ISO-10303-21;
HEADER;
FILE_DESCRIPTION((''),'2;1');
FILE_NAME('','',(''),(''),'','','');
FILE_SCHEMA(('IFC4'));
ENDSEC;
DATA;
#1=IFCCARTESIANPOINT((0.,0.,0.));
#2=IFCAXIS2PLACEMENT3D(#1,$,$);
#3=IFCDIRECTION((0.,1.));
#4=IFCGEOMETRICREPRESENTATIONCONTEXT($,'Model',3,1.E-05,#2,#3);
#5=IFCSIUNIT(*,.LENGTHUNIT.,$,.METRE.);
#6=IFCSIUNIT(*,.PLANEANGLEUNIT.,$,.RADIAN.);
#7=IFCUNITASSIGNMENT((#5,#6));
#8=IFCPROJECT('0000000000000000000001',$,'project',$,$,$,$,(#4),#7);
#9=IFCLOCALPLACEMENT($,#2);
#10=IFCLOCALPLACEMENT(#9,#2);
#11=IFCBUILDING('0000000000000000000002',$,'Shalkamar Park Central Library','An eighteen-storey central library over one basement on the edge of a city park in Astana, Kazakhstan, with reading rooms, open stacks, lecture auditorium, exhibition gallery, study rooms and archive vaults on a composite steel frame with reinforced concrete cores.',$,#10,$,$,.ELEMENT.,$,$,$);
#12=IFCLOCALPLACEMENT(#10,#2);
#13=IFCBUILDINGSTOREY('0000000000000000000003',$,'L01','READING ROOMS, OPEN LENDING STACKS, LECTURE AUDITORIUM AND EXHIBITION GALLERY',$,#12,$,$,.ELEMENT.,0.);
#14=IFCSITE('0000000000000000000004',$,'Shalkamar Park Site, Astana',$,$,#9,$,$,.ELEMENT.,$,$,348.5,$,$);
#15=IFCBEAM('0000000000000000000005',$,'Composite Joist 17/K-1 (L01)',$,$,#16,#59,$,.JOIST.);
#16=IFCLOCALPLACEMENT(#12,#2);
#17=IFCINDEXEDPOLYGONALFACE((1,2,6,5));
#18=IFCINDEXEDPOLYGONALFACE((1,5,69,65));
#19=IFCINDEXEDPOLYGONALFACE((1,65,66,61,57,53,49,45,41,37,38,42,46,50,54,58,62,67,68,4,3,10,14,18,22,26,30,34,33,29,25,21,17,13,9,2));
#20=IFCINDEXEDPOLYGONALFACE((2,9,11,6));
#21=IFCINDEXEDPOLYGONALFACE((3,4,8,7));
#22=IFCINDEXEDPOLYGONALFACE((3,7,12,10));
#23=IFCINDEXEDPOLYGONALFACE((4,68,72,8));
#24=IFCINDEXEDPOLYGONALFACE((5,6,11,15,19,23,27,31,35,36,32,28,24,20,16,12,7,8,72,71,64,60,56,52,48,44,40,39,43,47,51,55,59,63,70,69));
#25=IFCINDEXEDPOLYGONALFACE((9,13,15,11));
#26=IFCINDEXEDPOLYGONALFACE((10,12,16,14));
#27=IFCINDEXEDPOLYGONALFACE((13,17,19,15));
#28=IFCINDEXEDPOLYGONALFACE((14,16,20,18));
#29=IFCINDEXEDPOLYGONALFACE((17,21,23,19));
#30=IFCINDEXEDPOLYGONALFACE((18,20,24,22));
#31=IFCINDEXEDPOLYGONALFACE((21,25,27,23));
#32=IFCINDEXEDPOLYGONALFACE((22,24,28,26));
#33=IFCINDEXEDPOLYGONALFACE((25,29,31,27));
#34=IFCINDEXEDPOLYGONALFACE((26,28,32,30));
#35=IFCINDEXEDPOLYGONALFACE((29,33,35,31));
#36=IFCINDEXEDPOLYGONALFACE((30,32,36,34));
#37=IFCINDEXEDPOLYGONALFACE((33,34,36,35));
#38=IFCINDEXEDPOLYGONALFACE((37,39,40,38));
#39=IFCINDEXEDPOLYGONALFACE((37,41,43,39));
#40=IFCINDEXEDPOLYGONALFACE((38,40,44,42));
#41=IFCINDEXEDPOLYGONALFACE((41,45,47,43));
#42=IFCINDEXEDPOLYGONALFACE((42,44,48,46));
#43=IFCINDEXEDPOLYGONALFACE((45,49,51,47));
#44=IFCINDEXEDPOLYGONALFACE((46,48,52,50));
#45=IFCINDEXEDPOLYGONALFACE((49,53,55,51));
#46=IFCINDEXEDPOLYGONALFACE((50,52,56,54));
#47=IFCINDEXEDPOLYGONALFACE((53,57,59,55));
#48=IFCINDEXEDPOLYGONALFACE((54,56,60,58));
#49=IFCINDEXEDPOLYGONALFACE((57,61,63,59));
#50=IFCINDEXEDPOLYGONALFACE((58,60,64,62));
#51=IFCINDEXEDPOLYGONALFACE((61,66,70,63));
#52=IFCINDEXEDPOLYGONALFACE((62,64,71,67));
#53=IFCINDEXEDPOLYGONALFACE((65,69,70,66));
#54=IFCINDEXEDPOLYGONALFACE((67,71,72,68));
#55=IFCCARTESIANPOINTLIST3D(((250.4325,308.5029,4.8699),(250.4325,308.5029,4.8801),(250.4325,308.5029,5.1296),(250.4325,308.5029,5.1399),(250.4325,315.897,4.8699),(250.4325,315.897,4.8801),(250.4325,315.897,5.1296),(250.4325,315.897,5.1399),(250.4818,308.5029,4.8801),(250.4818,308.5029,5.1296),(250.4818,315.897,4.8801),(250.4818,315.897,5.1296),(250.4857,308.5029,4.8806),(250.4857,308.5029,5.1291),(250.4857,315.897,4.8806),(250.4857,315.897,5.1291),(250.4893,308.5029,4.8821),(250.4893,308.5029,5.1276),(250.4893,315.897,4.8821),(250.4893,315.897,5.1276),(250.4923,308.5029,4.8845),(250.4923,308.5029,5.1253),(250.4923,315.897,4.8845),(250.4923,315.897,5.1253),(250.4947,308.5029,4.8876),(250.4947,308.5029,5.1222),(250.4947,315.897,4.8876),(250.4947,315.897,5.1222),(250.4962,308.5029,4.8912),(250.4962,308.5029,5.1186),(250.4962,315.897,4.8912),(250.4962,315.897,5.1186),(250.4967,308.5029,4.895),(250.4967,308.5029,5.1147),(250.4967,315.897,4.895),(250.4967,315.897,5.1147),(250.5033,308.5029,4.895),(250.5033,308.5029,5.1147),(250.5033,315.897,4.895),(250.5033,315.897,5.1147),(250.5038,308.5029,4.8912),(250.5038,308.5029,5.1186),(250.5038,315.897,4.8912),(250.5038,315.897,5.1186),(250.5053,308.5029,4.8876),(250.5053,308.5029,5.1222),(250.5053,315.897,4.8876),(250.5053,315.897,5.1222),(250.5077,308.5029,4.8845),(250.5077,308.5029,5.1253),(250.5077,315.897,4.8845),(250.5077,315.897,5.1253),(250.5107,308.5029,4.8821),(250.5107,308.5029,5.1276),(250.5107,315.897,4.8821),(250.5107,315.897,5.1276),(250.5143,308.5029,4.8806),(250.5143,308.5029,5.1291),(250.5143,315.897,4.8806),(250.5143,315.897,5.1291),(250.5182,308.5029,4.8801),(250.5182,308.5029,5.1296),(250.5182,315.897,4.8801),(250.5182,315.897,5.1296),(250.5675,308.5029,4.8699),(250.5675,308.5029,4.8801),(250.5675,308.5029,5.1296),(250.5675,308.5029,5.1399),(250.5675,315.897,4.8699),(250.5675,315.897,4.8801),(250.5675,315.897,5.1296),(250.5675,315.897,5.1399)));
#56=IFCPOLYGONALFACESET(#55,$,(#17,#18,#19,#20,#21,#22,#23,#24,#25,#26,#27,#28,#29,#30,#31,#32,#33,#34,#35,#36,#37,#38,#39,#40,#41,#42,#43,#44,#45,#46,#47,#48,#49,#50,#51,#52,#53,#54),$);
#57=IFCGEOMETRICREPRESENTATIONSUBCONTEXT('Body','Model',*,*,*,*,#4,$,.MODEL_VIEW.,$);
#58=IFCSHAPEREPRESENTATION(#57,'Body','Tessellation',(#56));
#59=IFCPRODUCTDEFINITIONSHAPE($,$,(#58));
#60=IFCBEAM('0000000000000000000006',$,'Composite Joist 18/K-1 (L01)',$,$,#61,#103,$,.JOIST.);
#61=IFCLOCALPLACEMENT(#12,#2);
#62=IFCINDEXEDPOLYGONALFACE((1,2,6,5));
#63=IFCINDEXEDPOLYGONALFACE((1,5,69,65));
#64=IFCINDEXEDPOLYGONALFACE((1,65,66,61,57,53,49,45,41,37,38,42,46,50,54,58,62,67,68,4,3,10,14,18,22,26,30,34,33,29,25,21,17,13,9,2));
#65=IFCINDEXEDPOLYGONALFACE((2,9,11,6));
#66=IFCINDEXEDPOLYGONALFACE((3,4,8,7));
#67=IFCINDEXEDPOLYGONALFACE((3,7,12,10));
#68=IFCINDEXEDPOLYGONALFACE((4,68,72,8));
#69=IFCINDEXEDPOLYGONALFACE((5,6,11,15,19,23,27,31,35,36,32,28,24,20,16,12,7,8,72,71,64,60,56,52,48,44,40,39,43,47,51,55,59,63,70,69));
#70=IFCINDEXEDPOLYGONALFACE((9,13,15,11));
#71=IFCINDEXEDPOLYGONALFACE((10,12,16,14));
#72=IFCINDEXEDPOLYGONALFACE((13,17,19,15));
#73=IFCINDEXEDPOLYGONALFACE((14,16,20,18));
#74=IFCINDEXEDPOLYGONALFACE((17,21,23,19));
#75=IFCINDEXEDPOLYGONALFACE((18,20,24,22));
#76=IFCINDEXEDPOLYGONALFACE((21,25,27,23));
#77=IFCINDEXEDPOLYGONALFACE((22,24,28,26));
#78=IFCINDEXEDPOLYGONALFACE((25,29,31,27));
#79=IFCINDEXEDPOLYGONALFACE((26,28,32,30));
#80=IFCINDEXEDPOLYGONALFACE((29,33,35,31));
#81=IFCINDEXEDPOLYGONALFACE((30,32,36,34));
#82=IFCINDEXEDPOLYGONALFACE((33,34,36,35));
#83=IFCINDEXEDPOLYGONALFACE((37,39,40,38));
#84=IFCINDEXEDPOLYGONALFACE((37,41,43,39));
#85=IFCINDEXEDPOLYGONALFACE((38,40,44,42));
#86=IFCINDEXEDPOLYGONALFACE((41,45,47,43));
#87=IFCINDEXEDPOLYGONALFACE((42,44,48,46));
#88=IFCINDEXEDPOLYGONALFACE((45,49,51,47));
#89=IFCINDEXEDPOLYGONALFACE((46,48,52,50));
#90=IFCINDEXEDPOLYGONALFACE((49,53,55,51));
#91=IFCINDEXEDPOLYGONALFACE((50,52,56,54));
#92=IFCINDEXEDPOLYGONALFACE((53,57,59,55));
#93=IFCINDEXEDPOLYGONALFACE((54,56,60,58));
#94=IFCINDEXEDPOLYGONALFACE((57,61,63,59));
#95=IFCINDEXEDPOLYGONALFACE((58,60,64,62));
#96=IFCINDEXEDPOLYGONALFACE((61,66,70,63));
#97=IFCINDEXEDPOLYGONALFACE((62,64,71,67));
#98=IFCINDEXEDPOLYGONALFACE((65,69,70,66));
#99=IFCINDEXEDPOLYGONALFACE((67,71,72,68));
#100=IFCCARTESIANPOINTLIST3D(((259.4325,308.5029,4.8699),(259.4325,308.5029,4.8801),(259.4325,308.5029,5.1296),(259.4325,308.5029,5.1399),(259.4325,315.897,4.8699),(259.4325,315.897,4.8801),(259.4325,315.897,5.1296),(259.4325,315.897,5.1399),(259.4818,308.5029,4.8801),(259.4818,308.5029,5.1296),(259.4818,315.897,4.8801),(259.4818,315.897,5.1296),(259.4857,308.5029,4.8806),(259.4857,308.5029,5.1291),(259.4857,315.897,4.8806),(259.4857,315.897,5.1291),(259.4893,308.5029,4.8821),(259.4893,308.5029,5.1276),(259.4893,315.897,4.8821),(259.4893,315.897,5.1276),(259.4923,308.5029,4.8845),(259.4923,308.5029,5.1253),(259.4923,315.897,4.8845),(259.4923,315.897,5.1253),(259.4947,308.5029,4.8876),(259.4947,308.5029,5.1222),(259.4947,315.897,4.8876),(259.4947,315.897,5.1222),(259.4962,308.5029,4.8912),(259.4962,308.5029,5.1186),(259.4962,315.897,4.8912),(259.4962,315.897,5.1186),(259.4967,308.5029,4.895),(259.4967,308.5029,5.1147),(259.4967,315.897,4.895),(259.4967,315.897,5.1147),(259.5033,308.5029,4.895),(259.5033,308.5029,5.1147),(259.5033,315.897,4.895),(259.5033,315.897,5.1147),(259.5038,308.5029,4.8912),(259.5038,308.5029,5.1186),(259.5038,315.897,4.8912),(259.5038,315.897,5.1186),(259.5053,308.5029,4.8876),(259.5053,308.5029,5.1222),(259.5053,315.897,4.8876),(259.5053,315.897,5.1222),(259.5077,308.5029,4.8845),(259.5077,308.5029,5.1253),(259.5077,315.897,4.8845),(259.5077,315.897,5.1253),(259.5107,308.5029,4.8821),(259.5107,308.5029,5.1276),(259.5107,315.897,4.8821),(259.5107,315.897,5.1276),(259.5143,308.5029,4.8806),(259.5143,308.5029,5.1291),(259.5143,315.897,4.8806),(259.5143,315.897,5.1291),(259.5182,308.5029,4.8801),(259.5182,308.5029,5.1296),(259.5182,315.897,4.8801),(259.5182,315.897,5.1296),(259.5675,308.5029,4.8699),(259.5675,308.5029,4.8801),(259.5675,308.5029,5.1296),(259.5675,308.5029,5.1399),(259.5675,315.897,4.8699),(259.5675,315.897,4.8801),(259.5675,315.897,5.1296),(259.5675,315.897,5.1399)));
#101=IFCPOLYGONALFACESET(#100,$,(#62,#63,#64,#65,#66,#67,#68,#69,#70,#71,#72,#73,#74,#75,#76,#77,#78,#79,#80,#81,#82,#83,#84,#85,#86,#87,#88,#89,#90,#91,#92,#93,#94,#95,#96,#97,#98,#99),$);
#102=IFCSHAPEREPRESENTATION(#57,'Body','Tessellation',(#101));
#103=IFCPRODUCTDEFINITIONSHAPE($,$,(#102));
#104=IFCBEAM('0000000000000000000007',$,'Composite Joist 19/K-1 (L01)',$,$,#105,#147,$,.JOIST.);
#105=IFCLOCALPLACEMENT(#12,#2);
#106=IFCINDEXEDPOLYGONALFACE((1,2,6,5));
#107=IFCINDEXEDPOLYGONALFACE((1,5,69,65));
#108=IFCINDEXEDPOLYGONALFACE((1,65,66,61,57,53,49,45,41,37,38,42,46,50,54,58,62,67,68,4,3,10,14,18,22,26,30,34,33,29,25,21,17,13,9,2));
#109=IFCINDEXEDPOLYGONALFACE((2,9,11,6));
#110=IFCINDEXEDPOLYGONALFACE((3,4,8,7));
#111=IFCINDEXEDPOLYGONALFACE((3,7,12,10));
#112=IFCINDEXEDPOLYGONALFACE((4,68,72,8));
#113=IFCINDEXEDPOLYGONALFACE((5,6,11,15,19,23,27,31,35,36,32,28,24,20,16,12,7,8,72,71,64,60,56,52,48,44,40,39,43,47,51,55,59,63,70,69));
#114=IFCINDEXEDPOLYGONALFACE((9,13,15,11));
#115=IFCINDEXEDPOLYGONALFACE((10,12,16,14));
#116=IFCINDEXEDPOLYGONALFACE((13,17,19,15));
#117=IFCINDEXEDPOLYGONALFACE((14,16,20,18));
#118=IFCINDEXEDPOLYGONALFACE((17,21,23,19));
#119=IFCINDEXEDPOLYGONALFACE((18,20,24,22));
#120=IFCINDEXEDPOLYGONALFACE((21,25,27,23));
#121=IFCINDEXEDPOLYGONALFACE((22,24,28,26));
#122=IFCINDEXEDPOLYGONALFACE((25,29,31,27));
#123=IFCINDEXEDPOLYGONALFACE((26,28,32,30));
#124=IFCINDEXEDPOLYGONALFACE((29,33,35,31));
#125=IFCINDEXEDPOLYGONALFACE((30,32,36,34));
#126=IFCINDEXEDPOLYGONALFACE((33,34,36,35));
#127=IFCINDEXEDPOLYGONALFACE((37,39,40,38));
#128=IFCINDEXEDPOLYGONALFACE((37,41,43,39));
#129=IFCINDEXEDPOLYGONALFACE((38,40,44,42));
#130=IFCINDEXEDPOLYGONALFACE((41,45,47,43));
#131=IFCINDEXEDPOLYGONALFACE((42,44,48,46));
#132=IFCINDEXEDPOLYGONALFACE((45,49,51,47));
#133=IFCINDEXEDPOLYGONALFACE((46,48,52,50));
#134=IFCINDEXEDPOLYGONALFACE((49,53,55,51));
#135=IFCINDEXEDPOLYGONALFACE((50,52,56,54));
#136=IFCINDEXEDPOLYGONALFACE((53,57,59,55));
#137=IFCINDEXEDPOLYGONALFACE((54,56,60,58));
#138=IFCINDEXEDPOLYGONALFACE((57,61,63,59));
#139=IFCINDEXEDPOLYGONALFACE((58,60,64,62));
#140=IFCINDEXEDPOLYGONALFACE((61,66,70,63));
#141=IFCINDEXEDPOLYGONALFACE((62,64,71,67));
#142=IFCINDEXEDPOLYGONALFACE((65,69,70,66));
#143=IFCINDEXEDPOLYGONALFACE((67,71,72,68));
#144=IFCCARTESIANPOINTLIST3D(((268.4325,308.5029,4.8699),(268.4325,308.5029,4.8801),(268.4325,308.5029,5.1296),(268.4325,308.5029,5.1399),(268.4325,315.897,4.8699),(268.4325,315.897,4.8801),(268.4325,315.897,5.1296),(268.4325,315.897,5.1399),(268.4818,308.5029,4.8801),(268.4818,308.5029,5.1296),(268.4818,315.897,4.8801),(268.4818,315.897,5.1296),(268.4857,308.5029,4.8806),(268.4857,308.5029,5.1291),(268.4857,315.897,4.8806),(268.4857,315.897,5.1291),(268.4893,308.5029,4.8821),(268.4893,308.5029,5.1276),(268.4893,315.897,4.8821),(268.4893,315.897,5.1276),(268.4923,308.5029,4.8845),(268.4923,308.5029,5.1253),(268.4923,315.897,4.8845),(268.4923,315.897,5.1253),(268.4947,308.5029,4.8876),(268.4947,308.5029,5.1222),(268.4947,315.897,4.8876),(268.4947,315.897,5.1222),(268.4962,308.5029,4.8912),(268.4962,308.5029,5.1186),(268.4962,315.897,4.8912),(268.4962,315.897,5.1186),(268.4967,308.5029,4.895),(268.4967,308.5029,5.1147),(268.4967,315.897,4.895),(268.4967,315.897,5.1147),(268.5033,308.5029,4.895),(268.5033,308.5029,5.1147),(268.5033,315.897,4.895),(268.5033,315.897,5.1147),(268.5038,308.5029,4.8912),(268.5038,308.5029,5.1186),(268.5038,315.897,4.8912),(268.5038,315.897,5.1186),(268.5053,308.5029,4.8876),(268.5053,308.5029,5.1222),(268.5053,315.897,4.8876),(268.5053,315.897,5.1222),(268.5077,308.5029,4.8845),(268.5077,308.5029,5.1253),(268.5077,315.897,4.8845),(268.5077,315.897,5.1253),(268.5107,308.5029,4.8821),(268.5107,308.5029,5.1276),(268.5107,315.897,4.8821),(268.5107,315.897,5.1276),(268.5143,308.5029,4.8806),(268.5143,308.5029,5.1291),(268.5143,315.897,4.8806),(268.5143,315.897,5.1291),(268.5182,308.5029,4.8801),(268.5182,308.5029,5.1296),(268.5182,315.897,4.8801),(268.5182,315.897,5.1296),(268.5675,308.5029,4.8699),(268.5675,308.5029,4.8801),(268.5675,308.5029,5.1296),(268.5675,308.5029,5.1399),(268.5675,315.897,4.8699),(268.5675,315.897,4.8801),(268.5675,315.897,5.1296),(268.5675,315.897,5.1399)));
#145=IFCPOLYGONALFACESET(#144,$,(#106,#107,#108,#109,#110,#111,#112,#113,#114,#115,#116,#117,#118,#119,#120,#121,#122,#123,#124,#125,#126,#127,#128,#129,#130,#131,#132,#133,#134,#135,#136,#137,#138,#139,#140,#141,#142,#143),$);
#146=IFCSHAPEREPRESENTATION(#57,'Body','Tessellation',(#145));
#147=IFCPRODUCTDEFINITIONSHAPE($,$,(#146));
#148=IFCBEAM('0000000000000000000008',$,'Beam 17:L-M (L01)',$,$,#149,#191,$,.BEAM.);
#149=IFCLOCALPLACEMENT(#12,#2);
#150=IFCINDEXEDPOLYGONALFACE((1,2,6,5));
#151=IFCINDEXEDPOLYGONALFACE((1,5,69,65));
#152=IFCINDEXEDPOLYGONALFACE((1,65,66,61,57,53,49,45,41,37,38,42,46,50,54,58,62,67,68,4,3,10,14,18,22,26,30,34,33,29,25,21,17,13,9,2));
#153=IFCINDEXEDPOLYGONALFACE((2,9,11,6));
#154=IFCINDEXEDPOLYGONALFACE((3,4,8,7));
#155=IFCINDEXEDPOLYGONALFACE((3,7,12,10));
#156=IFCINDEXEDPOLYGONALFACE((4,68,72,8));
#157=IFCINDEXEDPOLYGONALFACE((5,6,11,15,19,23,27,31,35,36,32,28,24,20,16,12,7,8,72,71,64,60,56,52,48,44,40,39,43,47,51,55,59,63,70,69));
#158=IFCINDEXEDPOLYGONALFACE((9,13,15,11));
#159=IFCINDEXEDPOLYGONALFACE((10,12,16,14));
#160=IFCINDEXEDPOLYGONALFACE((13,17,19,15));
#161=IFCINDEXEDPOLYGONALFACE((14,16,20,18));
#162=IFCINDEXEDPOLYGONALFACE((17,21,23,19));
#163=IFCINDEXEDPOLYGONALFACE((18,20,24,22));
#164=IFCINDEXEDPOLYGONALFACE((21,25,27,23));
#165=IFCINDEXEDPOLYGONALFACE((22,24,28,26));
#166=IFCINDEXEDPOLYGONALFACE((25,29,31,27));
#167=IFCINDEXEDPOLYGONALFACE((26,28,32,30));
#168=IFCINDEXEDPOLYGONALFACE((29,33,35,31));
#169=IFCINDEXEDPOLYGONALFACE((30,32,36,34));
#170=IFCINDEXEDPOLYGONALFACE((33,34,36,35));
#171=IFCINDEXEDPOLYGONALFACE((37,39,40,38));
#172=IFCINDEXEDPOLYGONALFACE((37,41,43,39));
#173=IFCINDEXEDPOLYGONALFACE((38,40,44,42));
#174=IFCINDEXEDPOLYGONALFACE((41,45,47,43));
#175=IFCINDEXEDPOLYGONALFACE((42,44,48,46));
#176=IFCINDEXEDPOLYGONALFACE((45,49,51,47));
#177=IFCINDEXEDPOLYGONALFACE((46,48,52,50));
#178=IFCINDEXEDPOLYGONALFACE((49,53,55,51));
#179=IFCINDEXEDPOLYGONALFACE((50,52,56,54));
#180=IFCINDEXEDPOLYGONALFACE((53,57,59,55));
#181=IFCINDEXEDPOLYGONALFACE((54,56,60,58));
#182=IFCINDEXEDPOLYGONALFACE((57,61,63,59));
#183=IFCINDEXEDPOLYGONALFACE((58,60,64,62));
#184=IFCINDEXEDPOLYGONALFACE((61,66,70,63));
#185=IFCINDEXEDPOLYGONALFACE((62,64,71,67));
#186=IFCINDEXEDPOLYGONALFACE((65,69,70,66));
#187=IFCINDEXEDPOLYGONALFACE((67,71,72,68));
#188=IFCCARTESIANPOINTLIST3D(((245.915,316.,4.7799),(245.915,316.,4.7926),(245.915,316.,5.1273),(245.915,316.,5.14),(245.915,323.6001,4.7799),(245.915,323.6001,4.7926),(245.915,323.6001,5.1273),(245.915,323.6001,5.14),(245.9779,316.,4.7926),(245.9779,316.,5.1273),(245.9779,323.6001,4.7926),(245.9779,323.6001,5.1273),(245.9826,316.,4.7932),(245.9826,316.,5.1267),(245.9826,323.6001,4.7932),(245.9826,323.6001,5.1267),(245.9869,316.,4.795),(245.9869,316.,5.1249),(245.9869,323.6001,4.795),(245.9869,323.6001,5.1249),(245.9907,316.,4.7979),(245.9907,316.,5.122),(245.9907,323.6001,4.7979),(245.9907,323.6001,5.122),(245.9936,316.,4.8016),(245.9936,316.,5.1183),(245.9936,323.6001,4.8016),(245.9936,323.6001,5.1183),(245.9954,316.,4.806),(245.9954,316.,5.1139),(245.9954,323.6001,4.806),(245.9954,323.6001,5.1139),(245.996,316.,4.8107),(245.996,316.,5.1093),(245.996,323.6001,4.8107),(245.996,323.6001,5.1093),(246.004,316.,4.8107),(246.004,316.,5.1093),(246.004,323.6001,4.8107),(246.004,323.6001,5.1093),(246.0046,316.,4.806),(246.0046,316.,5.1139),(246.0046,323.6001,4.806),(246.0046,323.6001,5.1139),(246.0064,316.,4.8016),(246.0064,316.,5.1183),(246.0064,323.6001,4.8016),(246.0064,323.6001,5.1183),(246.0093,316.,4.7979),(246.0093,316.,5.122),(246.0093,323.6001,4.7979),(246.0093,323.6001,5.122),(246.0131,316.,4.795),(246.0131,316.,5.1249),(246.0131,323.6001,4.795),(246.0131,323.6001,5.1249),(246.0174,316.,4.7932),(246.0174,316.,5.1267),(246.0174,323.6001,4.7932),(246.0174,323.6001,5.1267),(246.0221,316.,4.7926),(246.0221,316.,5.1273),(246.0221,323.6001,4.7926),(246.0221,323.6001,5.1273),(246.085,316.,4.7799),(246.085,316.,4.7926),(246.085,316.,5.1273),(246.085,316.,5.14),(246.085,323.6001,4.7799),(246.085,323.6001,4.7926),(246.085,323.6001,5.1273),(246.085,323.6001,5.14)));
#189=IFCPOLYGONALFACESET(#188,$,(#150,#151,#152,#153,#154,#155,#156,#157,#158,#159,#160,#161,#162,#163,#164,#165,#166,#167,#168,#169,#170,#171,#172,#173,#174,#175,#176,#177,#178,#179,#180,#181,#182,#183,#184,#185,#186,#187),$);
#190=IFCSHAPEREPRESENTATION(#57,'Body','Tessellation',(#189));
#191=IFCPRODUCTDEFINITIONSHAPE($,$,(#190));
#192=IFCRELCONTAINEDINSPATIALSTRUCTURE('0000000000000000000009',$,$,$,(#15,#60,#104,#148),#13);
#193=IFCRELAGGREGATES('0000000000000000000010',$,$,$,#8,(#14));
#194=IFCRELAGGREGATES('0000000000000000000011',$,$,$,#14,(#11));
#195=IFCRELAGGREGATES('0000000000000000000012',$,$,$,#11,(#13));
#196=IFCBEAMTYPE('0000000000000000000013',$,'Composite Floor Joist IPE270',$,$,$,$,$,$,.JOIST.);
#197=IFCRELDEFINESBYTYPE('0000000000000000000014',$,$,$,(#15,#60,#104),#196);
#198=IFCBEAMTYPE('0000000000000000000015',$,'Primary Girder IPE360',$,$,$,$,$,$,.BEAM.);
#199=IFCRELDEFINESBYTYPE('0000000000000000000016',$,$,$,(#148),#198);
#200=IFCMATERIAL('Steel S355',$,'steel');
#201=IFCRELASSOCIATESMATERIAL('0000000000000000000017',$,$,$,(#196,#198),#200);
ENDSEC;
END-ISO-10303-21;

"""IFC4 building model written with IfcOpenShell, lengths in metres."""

from ifc_helpers import new_model, si_unit, direction, frame, origin, origin_2d, place, context, subcontext, project, spatial, i_section, extrude, material, material_profile, profile_set, type_object, element, save


model = new_model("IFC4")

# Units and contexts
model_context = context("Model", 3, precision=1e-05, world=origin(), true_north=direction((0.0, 1.0)))
body_context = subcontext(model_context, "Body", "Model", "MODEL_VIEW")
ifc_project = project(units=[si_unit("LENGTHUNIT", "METRE"), si_unit("PLANEANGLEUNIT", "RADIAN")], contexts=[model_context])

# Site, building, storey
site_placement = place(None, origin())
site = spatial("IfcSite", under=ifc_project, at=site_placement, Name="Shalkamar Park Site, Astana", CompositionType="ELEMENT", RefElevation=348.5)
building_placement = place(site_placement, origin())
building = spatial("IfcBuilding", under=site, at=building_placement, Name="Shalkamar Park Central Library", Description="An eighteen-storey central library over one basement on the edge of a city park in Astana, Kazakhstan, with reading rooms, open stacks, lecture auditorium, exhibition gallery, study rooms and archive vaults on a composite steel frame with reinforced concrete cores.", CompositionType="ELEMENT")
storey_placement = place(building_placement, origin())
storey = spatial("IfcBuildingStorey", under=building, at=storey_placement, Name="L01", Description="READING ROOMS, OPEN LENDING STACKS, LECTURE AUDITORIUM AND EXHIBITION GALLERY", CompositionType="ELEMENT", Elevation=0.0)

# Shared definitions
ifc_material_1 = material(Name="Steel S355", Category="steel")

# Beams
ifc_material_profile_1 = material_profile(ifc_material_1, i_section(OverallWidth=0.135, OverallDepth=0.27, WebThickness=0.0066, FlangeThickness=0.0103, FilletRadius=0.0149, at=origin_2d()), Name="IPE 270")
ifc_profile_set_1 = profile_set([ifc_material_profile_1], Name="Steel S355")
beam_type_1 = type_object("IfcBeamType", Name="Composite Floor Joist IPE270", PredefinedType="JOIST", material=ifc_profile_set_1)
for number, where, z_axis, x_axis, name in (
    (1, (250.5, 308.5029, 5.0049), (0.0, 1.0, 0.0), (-1.0, 0.0, 0.0), "Composite Joist 17/K-1 (L01)"),
    (2, (259.5, 308.5029, 5.0049), (0.0, 1.0, 0.0), (-1.0, 0.0, 0.0), "Composite Joist 18/K-1 (L01)"),
    (3, (268.5, 308.5029, 5.0049), (0.0, 1.0, 0.0), (-1.0, 0.0, 0.0), "Composite Joist 19/K-1 (L01)"),
):
    element("IfcBeam", number, at=place(storey_placement, frame(where, z_axis=z_axis, x_axis=x_axis)), inside=storey, type_object=beam_type_1, Name=name, PredefinedType="JOIST", context=body_context, shape_type="SweptSolid", body=[
        extrude(i_section(OverallWidth=0.135, OverallDepth=0.27, WebThickness=0.0066, FlangeThickness=0.0103, FilletRadius=0.0149, at=origin_2d()), origin(), (0.0, 0.0, 1.0), 7.394),
    ])
ifc_material_profile_2 = material_profile(ifc_material_1, i_section(OverallWidth=0.1699, OverallDepth=0.3601, WebThickness=0.0081, FlangeThickness=0.0127, FilletRadius=0.0181, at=origin_2d()), Name="IPE 360")
ifc_profile_set_2 = profile_set([ifc_material_profile_2], Name="Steel S355")
beam_type_2 = type_object("IfcBeamType", Name="Primary Girder IPE360", PredefinedType="BEAM", material=ifc_profile_set_2)
beam_1_placement = place(storey_placement, frame((246.0, 316.0, 4.96), z_axis=(0.0, 1.0, 0.0), x_axis=(-1.0, 0.0, 0.0)))
element("IfcBeam", 4, at=beam_1_placement, inside=storey, type_object=beam_type_2, Name="Beam 17:L-M (L01)", PredefinedType="BEAM", context=body_context, shape_type="SweptSolid", body=[
    extrude(i_section(OverallWidth=0.1699, OverallDepth=0.3601, WebThickness=0.0081, FlangeThickness=0.0127, FilletRadius=0.0181, at=origin_2d()), origin(), (0.0, 0.0, 1.0), 7.6001),
])

save(model, "model.ifc")
